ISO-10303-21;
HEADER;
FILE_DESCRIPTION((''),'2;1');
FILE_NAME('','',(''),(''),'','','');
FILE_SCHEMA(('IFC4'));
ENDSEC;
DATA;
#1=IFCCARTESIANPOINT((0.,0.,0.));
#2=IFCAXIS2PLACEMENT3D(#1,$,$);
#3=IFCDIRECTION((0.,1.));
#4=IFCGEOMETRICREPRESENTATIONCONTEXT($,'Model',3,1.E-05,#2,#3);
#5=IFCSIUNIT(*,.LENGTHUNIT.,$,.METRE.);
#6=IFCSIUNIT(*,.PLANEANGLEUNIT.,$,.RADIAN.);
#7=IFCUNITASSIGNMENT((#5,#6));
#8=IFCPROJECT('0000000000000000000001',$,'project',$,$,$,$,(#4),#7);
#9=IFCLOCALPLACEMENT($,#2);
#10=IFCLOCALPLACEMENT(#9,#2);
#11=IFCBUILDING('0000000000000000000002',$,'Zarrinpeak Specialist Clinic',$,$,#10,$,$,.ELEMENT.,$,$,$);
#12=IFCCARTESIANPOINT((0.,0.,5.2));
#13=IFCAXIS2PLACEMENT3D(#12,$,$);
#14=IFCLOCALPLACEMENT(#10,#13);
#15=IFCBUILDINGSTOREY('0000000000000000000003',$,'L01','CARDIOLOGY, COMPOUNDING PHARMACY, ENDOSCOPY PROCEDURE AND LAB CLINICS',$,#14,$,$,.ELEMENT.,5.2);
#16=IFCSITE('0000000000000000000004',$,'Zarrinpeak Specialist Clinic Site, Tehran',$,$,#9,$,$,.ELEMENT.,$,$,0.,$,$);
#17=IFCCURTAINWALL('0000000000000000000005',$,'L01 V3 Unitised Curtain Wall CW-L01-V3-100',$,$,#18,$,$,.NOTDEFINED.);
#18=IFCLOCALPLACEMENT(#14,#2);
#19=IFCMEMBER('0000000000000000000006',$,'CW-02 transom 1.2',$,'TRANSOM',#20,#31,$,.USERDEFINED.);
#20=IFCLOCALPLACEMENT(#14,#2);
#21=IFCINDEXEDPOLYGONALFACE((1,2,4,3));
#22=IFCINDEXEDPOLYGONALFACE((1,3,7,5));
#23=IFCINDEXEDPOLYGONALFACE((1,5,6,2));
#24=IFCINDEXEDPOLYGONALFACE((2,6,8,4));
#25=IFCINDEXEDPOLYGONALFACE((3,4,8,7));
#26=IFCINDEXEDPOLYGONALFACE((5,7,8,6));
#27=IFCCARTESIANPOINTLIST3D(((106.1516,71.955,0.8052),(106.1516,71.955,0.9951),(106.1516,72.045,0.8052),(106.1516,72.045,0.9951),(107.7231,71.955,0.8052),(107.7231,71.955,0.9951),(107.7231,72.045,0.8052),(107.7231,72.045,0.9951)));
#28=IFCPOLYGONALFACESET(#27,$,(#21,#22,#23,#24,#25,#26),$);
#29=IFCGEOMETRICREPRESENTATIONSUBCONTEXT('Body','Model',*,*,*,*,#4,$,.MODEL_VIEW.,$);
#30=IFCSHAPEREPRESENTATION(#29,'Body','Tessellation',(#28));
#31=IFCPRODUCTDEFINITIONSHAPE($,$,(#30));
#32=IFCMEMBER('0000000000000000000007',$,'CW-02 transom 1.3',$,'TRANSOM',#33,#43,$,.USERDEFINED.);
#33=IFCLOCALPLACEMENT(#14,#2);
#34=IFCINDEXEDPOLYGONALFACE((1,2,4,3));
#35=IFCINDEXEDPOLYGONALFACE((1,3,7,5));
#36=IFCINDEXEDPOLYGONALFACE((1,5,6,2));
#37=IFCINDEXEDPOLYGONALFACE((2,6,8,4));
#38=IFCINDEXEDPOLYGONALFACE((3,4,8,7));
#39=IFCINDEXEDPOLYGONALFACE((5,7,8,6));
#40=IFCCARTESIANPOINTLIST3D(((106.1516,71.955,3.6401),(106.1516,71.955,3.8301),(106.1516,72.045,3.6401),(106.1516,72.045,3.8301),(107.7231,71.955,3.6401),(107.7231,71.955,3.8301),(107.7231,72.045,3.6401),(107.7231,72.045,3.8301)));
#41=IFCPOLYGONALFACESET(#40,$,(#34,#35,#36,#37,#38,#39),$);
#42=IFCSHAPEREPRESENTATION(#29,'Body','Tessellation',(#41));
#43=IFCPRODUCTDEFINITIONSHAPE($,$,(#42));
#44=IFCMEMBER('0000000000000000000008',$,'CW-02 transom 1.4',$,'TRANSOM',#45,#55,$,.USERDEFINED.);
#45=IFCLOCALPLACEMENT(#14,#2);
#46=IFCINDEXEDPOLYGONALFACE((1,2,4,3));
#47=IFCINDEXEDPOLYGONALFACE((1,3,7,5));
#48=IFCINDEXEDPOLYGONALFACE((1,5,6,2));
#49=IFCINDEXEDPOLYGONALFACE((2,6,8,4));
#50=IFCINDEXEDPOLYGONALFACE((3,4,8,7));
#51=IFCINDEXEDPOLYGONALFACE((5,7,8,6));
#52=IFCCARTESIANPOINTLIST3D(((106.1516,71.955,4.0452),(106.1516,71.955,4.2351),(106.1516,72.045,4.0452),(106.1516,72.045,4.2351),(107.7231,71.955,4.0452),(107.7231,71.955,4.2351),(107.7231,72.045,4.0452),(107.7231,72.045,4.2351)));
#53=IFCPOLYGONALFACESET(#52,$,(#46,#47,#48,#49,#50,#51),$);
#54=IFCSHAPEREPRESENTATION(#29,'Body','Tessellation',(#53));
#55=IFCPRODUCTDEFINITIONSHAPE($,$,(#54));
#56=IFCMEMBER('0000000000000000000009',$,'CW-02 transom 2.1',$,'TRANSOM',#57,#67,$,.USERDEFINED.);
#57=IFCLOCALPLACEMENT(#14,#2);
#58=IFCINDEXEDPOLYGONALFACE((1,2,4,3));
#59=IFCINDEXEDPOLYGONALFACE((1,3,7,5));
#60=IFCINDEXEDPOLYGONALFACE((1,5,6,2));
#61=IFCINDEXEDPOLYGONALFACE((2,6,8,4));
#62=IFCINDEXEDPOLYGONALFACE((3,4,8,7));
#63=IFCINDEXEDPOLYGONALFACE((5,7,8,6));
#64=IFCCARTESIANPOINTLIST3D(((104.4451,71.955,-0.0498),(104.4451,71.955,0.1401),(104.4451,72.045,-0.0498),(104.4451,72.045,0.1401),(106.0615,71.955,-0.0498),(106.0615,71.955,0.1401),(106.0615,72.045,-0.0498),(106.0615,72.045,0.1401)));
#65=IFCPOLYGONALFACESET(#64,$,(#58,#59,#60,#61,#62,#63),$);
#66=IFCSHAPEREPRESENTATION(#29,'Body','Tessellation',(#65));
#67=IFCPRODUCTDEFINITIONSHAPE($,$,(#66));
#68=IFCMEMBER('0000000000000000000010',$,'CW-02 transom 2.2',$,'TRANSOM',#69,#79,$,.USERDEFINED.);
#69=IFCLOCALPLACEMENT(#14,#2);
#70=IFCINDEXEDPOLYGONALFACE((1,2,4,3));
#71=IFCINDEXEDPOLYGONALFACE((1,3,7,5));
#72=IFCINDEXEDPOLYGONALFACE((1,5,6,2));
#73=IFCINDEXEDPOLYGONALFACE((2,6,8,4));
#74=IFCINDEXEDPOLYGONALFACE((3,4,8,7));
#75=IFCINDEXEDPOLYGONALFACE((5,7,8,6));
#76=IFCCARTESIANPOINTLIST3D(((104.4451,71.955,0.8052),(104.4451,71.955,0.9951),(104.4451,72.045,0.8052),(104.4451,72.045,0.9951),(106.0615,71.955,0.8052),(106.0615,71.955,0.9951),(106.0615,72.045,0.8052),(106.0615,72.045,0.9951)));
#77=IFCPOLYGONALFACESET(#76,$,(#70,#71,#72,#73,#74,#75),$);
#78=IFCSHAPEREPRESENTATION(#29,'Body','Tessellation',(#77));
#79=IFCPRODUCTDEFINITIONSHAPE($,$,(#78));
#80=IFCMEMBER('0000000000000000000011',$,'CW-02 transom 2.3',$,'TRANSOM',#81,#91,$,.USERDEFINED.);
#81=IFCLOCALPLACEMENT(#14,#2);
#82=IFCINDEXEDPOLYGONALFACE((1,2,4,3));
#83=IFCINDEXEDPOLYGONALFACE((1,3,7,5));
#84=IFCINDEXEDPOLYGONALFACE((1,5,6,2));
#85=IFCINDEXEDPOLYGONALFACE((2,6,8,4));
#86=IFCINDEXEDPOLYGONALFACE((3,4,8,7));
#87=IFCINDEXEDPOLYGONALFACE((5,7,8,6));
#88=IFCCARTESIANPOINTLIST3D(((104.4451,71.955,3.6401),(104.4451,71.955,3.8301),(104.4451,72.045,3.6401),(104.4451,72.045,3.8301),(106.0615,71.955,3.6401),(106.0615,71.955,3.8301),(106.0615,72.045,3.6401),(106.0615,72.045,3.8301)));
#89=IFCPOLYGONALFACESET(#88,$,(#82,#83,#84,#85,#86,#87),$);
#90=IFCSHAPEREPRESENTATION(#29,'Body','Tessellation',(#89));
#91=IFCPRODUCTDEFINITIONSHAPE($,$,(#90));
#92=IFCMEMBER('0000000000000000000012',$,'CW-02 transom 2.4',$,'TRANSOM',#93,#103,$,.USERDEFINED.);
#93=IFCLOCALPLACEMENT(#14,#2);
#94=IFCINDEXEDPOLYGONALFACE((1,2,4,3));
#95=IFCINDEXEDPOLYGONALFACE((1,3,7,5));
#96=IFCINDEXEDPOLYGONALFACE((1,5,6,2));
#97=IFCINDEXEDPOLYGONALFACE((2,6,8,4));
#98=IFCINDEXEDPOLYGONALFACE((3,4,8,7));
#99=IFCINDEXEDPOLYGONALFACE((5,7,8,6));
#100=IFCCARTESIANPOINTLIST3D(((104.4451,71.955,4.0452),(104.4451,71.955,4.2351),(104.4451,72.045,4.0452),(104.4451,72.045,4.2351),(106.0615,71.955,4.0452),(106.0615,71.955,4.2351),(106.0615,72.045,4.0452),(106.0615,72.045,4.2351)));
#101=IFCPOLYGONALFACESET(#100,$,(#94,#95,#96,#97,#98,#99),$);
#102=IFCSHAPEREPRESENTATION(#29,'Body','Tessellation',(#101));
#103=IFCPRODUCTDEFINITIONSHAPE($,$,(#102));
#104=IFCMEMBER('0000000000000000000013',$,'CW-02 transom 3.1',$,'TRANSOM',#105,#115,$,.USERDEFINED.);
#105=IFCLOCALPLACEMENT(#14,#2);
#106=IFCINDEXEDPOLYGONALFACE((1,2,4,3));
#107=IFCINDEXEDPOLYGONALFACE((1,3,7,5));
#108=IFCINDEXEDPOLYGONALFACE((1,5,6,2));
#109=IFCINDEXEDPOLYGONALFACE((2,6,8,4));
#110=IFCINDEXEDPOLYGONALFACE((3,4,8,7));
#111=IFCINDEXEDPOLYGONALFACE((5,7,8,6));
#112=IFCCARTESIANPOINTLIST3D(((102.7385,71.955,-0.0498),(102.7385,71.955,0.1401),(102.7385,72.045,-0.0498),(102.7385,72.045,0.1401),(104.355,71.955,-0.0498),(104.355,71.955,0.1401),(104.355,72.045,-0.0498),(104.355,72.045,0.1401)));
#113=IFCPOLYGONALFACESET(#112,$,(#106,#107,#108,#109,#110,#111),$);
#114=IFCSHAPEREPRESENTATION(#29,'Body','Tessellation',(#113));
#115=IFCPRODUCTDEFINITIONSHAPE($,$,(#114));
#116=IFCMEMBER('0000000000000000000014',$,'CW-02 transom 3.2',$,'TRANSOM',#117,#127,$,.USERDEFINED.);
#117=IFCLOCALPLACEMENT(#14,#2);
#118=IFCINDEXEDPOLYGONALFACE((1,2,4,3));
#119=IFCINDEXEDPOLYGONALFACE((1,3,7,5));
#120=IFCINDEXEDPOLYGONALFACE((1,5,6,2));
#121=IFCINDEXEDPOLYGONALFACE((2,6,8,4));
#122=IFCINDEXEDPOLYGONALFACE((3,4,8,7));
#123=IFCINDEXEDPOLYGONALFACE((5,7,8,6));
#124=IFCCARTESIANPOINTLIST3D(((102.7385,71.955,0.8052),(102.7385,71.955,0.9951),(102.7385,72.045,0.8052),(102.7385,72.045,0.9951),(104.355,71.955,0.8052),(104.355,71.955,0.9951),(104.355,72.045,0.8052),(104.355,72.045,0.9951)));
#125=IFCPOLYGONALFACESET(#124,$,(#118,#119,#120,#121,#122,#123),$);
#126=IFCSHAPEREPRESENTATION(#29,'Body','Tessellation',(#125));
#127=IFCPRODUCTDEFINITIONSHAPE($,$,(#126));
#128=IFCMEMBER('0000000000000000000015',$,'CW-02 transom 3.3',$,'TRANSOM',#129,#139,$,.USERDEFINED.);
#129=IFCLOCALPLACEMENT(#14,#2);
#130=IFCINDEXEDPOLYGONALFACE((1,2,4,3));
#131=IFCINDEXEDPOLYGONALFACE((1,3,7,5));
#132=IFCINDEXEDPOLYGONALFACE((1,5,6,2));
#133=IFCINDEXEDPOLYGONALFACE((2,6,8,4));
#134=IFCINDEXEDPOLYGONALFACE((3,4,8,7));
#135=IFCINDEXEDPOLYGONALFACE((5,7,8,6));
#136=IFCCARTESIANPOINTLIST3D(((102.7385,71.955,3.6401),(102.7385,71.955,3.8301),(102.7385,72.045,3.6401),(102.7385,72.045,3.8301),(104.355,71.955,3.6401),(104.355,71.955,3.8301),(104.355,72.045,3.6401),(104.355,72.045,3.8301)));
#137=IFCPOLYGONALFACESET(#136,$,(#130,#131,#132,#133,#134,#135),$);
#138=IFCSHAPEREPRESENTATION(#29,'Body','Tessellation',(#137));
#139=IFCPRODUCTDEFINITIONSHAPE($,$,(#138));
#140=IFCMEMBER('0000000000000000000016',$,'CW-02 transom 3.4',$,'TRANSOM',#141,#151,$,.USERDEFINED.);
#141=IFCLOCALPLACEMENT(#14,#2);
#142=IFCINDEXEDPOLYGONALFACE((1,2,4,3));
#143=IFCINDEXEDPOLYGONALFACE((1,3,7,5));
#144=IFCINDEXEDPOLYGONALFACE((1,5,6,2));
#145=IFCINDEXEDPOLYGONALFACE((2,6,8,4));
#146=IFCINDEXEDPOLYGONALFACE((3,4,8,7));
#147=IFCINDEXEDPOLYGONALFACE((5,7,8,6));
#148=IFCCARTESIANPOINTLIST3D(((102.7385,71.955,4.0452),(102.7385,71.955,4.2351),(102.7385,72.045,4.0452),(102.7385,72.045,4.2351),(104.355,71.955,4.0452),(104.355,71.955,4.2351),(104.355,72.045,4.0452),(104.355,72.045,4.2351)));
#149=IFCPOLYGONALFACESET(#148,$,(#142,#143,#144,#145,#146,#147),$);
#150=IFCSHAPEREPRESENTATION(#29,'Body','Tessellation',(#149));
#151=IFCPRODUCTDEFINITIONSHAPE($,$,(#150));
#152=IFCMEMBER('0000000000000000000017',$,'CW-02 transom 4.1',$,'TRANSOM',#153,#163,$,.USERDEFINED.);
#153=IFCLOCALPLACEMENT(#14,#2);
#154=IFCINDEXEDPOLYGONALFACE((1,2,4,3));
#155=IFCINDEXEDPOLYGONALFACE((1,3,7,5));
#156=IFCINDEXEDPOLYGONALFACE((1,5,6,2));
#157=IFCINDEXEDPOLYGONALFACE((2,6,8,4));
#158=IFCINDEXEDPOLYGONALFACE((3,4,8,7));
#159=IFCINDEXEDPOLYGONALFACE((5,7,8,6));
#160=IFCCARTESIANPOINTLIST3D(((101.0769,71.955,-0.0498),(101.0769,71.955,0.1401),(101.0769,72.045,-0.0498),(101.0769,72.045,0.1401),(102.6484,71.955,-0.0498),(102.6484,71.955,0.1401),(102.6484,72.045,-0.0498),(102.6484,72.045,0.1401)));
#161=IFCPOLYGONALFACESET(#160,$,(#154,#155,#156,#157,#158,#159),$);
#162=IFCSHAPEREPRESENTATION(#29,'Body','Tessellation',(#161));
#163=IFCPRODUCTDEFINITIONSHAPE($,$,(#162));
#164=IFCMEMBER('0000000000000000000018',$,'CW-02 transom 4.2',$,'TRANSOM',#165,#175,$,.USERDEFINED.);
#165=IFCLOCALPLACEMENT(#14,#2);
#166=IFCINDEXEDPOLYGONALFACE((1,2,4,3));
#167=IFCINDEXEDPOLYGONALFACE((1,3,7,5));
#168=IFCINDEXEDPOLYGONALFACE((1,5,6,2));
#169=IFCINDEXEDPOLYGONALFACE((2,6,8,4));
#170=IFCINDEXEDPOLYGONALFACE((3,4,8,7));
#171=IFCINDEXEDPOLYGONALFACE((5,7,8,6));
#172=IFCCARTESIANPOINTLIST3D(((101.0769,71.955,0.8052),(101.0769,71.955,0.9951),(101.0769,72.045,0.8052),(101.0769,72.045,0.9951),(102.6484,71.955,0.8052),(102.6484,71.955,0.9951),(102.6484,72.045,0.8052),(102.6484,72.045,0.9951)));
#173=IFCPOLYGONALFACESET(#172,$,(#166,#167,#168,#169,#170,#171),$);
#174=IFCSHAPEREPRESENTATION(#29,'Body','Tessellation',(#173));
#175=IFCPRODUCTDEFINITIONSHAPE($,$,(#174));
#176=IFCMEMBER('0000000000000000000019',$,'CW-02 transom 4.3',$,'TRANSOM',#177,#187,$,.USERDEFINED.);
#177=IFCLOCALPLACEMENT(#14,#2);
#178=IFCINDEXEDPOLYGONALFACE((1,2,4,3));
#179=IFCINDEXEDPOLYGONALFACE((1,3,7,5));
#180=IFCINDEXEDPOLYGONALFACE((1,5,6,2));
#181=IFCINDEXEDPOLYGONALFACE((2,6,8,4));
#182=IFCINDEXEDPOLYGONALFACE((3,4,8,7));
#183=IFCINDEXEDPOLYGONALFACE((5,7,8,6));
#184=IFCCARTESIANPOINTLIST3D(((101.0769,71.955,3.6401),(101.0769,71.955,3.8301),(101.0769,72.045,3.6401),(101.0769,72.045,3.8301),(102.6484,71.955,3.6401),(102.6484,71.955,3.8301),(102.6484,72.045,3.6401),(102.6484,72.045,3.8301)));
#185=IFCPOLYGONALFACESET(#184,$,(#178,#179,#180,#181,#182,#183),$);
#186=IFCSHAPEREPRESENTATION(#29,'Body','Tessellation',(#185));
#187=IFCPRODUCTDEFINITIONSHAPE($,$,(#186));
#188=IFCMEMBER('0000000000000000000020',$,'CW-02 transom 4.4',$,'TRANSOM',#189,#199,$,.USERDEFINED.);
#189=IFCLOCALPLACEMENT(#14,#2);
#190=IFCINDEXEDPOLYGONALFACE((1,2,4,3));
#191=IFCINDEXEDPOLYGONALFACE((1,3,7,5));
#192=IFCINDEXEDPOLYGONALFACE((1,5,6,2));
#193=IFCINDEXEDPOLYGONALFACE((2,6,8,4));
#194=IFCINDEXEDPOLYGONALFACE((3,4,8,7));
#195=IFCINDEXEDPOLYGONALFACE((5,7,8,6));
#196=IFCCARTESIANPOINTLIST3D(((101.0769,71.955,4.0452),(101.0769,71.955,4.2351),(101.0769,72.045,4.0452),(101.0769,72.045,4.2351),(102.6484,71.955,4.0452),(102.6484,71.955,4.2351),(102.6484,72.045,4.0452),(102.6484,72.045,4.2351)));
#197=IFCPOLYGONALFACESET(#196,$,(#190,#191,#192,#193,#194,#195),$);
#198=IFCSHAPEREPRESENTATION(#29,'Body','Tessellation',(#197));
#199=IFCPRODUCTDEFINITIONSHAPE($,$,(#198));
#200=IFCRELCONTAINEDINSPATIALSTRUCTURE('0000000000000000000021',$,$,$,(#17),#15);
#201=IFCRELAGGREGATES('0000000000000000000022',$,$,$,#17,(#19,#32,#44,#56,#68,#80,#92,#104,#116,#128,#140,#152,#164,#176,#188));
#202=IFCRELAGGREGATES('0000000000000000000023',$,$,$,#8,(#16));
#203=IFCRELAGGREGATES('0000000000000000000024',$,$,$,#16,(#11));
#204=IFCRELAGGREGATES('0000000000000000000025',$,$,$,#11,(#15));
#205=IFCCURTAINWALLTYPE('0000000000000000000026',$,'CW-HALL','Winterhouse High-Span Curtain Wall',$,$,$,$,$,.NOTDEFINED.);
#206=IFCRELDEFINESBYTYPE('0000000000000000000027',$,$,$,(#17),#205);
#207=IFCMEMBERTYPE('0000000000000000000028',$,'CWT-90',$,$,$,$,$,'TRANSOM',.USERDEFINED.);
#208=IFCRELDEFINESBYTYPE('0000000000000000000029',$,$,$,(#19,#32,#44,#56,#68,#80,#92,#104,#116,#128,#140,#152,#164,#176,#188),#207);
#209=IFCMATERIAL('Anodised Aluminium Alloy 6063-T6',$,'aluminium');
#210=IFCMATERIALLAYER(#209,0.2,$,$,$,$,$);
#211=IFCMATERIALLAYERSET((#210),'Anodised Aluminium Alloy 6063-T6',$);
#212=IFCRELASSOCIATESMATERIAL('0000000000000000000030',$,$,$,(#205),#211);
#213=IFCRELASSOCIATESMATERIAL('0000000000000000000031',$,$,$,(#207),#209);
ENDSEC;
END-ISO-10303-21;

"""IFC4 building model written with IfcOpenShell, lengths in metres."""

from ifc_helpers import new_model, si_unit, direction, frame, origin, origin_2d, place, context, subcontext, project, spatial, rectangle, extrude, material, layer, layer_set, material_profile, profile_set, type_object, element, aggregate, save


model = new_model("IFC4")

# Units and contexts
model_context = context("Model", 3, precision=1e-05, world=origin(), true_north=direction((0.0, 1.0)))
body_context = subcontext(model_context, "Body", "Model", "MODEL_VIEW")
ifc_project = project(units=[si_unit("LENGTHUNIT", "METRE"), si_unit("PLANEANGLEUNIT", "RADIAN")], contexts=[model_context])

# Site, building, storey
site_placement = place(None, origin())
site = spatial("IfcSite", under=ifc_project, at=site_placement, Name="Zarrinpeak Specialist Clinic Site, Tehran", CompositionType="ELEMENT", RefElevation=0.0)
building_placement = place(site_placement, origin())
building = spatial("IfcBuilding", under=site, at=building_placement, Name="Zarrinpeak Specialist Clinic", CompositionType="ELEMENT")
storey_placement = place(building_placement, frame((0.0, 0.0, 5.2)))
storey = spatial("IfcBuildingStorey", under=building, at=storey_placement, Name="L01", Description="CARDIOLOGY, COMPOUNDING PHARMACY, ENDOSCOPY PROCEDURE AND LAB CLINICS", CompositionType="ELEMENT", Elevation=5.2)

# Shared definitions
ifc_material_1 = material(Name="Anodised Aluminium Alloy 6063-T6", Category="aluminium")
ifc_layer_1 = layer(ifc_material_1, 0.2)
ifc_layer_set_1 = layer_set([ifc_layer_1], Name="Anodised Aluminium Alloy 6063-T6")
curtain_wall_type = type_object("IfcCurtainWallType", Name="CW-HALL", Description="Winterhouse High-Span Curtain Wall", PredefinedType="NOTDEFINED", material=ifc_layer_set_1)

# Curtain wall, members
curtain_wall_1_placement = place(storey_placement, origin())
curtain_wall_1 = element("IfcCurtainWall", 1, at=curtain_wall_1_placement, inside=storey, type_object=curtain_wall_type, Name="L01 V3 Unitised Curtain Wall CW-L01-V3-100", PredefinedType="NOTDEFINED")
ifc_material_profile_1 = material_profile(ifc_material_1, rectangle(XDim=0.0901, YDim=0.1899, at=origin_2d()), Name="ALU 90x190")
ifc_profile_set_1 = profile_set([ifc_material_profile_1], Name="Anodised Aluminium Alloy 6063-T6")
member_type_1 = type_object("IfcMemberType", Name="CWT-90", ElementType="TRANSOM", PredefinedType="USERDEFINED", material=ifc_profile_set_1)
member_1_placement = place(storey_placement, frame((107.7231, 72.0, 0.9001), z_axis=(-1.0, 0.0, 0.0), x_axis=(0.0, -1.0, 0.0)))
member_1 = element("IfcMember", 2, at=member_1_placement, type_object=member_type_1, Name="CW-02 transom 1.2", ObjectType="TRANSOM", PredefinedType="USERDEFINED", context=body_context, shape_type="SweptSolid", body=[
    extrude(rectangle(XDim=0.0901, YDim=0.1899, at=origin_2d()), origin(), (0.0, 0.0, 1.0), 1.5715),
])
member_2_placement = place(storey_placement, frame((107.7231, 72.0, 3.7351), z_axis=(-1.0, 0.0, 0.0), x_axis=(0.0, -1.0, 0.0)))
member_2 = element("IfcMember", 3, at=member_2_placement, type_object=member_type_1, Name="CW-02 transom 1.3", ObjectType="TRANSOM", PredefinedType="USERDEFINED", context=body_context, shape_type="SweptSolid", body=[
    extrude(rectangle(XDim=0.0901, YDim=0.1899, at=origin_2d()), origin(), (0.0, 0.0, 1.0), 1.5715),
])
member_3_placement = place(storey_placement, frame((107.7231, 72.0, 4.1401), z_axis=(-1.0, 0.0, 0.0), x_axis=(0.0, -1.0, 0.0)))
member_3 = element("IfcMember", 4, at=member_3_placement, type_object=member_type_1, Name="CW-02 transom 1.4", ObjectType="TRANSOM", PredefinedType="USERDEFINED", context=body_context, shape_type="SweptSolid", body=[
    extrude(rectangle(XDim=0.0901, YDim=0.1899, at=origin_2d()), origin(), (0.0, 0.0, 1.0), 1.5715),
])
member_4_placement = place(storey_placement, frame((106.0615, 72.0, 0.0452), z_axis=(-1.0, 0.0, 0.0), x_axis=(0.0, -1.0, 0.0)))
member_4 = element("IfcMember", 5, at=member_4_placement, type_object=member_type_1, Name="CW-02 transom 2.1", ObjectType="TRANSOM", PredefinedType="USERDEFINED", context=body_context, shape_type="SweptSolid", body=[
    extrude(rectangle(XDim=0.0901, YDim=0.1899, at=origin_2d()), origin(), (0.0, 0.0, 1.0), 1.6165),
])
member_5_placement = place(storey_placement, frame((106.0615, 72.0, 0.9001), z_axis=(-1.0, 0.0, 0.0), x_axis=(0.0, -1.0, 0.0)))
member_5 = element("IfcMember", 6, at=member_5_placement, type_object=member_type_1, Name="CW-02 transom 2.2", ObjectType="TRANSOM", PredefinedType="USERDEFINED", context=body_context, shape_type="SweptSolid", body=[
    extrude(rectangle(XDim=0.0901, YDim=0.1899, at=origin_2d()), origin(), (0.0, 0.0, 1.0), 1.6165),
])
member_6_placement = place(storey_placement, frame((106.0615, 72.0, 3.7351), z_axis=(-1.0, 0.0, 0.0), x_axis=(0.0, -1.0, 0.0)))
member_6 = element("IfcMember", 7, at=member_6_placement, type_object=member_type_1, Name="CW-02 transom 2.3", ObjectType="TRANSOM", PredefinedType="USERDEFINED", context=body_context, shape_type="SweptSolid", body=[
    extrude(rectangle(XDim=0.0901, YDim=0.1899, at=origin_2d()), origin(), (0.0, 0.0, 1.0), 1.6165),
])
member_7_placement = place(storey_placement, frame((106.0615, 72.0, 4.1401), z_axis=(-1.0, 0.0, 0.0), x_axis=(0.0, -1.0, 0.0)))
member_7 = element("IfcMember", 8, at=member_7_placement, type_object=member_type_1, Name="CW-02 transom 2.4", ObjectType="TRANSOM", PredefinedType="USERDEFINED", context=body_context, shape_type="SweptSolid", body=[
    extrude(rectangle(XDim=0.0901, YDim=0.1899, at=origin_2d()), origin(), (0.0, 0.0, 1.0), 1.6165),
])
member_8_placement = place(storey_placement, frame((104.355, 72.0, 0.0452), z_axis=(-1.0, 0.0, 0.0), x_axis=(0.0, -1.0, 0.0)))
member_8 = element("IfcMember", 9, at=member_8_placement, type_object=member_type_1, Name="CW-02 transom 3.1", ObjectType="TRANSOM", PredefinedType="USERDEFINED", context=body_context, shape_type="SweptSolid", body=[
    extrude(rectangle(XDim=0.0901, YDim=0.1899, at=origin_2d()), origin(), (0.0, 0.0, 1.0), 1.6165),
])
member_9_placement = place(storey_placement, frame((104.355, 72.0, 0.9001), z_axis=(-1.0, 0.0, 0.0), x_axis=(0.0, -1.0, 0.0)))
member_9 = element("IfcMember", 10, at=member_9_placement, type_object=member_type_1, Name="CW-02 transom 3.2", ObjectType="TRANSOM", PredefinedType="USERDEFINED", context=body_context, shape_type="SweptSolid", body=[
    extrude(rectangle(XDim=0.0901, YDim=0.1899, at=origin_2d()), origin(), (0.0, 0.0, 1.0), 1.6165),
])
member_10_placement = place(storey_placement, frame((104.355, 72.0, 3.7351), z_axis=(-1.0, 0.0, 0.0), x_axis=(0.0, -1.0, 0.0)))
member_10 = element("IfcMember", 11, at=member_10_placement, type_object=member_type_1, Name="CW-02 transom 3.3", ObjectType="TRANSOM", PredefinedType="USERDEFINED", context=body_context, shape_type="SweptSolid", body=[
    extrude(rectangle(XDim=0.0901, YDim=0.1899, at=origin_2d()), origin(), (0.0, 0.0, 1.0), 1.6165),
])
member_11_placement = place(storey_placement, frame((104.355, 72.0, 4.1401), z_axis=(-1.0, 0.0, 0.0), x_axis=(0.0, -1.0, 0.0)))
member_11 = element("IfcMember", 12, at=member_11_placement, type_object=member_type_1, Name="CW-02 transom 3.4", ObjectType="TRANSOM", PredefinedType="USERDEFINED", context=body_context, shape_type="SweptSolid", body=[
    extrude(rectangle(XDim=0.0901, YDim=0.1899, at=origin_2d()), origin(), (0.0, 0.0, 1.0), 1.6165),
])
member_12_placement = place(storey_placement, frame((102.6484, 72.0, 0.0452), z_axis=(-1.0, 0.0, 0.0), x_axis=(0.0, -1.0, 0.0)))
member_12 = element("IfcMember", 13, at=member_12_placement, type_object=member_type_1, Name="CW-02 transom 4.1", ObjectType="TRANSOM", PredefinedType="USERDEFINED", context=body_context, shape_type="SweptSolid", body=[
    extrude(rectangle(XDim=0.0901, YDim=0.1899, at=origin_2d()), origin(), (0.0, 0.0, 1.0), 1.5715),
])
member_13_placement = place(storey_placement, frame((102.6484, 72.0, 0.9001), z_axis=(-1.0, 0.0, 0.0), x_axis=(0.0, -1.0, 0.0)))
member_13 = element("IfcMember", 14, at=member_13_placement, type_object=member_type_1, Name="CW-02 transom 4.2", ObjectType="TRANSOM", PredefinedType="USERDEFINED", context=body_context, shape_type="SweptSolid", body=[
    extrude(rectangle(XDim=0.0901, YDim=0.1899, at=origin_2d()), origin(), (0.0, 0.0, 1.0), 1.5715),
])
member_14_placement = place(storey_placement, frame((102.6484, 72.0, 3.7351), z_axis=(-1.0, 0.0, 0.0), x_axis=(0.0, -1.0, 0.0)))
member_14 = element("IfcMember", 15, at=member_14_placement, type_object=member_type_1, Name="CW-02 transom 4.3", ObjectType="TRANSOM", PredefinedType="USERDEFINED", context=body_context, shape_type="SweptSolid", body=[
    extrude(rectangle(XDim=0.0901, YDim=0.1899, at=origin_2d()), origin(), (0.0, 0.0, 1.0), 1.5715),
])
member_15_placement = place(storey_placement, frame((102.6484, 72.0, 4.1401), z_axis=(-1.0, 0.0, 0.0), x_axis=(0.0, -1.0, 0.0)))
member_15 = element("IfcMember", 16, at=member_15_placement, type_object=member_type_1, Name="CW-02 transom 4.4", ObjectType="TRANSOM", PredefinedType="USERDEFINED", context=body_context, shape_type="SweptSolid", body=[
    extrude(rectangle(XDim=0.0901, YDim=0.1899, at=origin_2d()), origin(), (0.0, 0.0, 1.0), 1.5715),
])
aggregate(curtain_wall_1, [member_1, member_2, member_3, member_4, member_5, member_6, member_7, member_8, member_9, member_10, member_11, member_12, member_13, member_14, member_15])

save(model, "model.ifc")
